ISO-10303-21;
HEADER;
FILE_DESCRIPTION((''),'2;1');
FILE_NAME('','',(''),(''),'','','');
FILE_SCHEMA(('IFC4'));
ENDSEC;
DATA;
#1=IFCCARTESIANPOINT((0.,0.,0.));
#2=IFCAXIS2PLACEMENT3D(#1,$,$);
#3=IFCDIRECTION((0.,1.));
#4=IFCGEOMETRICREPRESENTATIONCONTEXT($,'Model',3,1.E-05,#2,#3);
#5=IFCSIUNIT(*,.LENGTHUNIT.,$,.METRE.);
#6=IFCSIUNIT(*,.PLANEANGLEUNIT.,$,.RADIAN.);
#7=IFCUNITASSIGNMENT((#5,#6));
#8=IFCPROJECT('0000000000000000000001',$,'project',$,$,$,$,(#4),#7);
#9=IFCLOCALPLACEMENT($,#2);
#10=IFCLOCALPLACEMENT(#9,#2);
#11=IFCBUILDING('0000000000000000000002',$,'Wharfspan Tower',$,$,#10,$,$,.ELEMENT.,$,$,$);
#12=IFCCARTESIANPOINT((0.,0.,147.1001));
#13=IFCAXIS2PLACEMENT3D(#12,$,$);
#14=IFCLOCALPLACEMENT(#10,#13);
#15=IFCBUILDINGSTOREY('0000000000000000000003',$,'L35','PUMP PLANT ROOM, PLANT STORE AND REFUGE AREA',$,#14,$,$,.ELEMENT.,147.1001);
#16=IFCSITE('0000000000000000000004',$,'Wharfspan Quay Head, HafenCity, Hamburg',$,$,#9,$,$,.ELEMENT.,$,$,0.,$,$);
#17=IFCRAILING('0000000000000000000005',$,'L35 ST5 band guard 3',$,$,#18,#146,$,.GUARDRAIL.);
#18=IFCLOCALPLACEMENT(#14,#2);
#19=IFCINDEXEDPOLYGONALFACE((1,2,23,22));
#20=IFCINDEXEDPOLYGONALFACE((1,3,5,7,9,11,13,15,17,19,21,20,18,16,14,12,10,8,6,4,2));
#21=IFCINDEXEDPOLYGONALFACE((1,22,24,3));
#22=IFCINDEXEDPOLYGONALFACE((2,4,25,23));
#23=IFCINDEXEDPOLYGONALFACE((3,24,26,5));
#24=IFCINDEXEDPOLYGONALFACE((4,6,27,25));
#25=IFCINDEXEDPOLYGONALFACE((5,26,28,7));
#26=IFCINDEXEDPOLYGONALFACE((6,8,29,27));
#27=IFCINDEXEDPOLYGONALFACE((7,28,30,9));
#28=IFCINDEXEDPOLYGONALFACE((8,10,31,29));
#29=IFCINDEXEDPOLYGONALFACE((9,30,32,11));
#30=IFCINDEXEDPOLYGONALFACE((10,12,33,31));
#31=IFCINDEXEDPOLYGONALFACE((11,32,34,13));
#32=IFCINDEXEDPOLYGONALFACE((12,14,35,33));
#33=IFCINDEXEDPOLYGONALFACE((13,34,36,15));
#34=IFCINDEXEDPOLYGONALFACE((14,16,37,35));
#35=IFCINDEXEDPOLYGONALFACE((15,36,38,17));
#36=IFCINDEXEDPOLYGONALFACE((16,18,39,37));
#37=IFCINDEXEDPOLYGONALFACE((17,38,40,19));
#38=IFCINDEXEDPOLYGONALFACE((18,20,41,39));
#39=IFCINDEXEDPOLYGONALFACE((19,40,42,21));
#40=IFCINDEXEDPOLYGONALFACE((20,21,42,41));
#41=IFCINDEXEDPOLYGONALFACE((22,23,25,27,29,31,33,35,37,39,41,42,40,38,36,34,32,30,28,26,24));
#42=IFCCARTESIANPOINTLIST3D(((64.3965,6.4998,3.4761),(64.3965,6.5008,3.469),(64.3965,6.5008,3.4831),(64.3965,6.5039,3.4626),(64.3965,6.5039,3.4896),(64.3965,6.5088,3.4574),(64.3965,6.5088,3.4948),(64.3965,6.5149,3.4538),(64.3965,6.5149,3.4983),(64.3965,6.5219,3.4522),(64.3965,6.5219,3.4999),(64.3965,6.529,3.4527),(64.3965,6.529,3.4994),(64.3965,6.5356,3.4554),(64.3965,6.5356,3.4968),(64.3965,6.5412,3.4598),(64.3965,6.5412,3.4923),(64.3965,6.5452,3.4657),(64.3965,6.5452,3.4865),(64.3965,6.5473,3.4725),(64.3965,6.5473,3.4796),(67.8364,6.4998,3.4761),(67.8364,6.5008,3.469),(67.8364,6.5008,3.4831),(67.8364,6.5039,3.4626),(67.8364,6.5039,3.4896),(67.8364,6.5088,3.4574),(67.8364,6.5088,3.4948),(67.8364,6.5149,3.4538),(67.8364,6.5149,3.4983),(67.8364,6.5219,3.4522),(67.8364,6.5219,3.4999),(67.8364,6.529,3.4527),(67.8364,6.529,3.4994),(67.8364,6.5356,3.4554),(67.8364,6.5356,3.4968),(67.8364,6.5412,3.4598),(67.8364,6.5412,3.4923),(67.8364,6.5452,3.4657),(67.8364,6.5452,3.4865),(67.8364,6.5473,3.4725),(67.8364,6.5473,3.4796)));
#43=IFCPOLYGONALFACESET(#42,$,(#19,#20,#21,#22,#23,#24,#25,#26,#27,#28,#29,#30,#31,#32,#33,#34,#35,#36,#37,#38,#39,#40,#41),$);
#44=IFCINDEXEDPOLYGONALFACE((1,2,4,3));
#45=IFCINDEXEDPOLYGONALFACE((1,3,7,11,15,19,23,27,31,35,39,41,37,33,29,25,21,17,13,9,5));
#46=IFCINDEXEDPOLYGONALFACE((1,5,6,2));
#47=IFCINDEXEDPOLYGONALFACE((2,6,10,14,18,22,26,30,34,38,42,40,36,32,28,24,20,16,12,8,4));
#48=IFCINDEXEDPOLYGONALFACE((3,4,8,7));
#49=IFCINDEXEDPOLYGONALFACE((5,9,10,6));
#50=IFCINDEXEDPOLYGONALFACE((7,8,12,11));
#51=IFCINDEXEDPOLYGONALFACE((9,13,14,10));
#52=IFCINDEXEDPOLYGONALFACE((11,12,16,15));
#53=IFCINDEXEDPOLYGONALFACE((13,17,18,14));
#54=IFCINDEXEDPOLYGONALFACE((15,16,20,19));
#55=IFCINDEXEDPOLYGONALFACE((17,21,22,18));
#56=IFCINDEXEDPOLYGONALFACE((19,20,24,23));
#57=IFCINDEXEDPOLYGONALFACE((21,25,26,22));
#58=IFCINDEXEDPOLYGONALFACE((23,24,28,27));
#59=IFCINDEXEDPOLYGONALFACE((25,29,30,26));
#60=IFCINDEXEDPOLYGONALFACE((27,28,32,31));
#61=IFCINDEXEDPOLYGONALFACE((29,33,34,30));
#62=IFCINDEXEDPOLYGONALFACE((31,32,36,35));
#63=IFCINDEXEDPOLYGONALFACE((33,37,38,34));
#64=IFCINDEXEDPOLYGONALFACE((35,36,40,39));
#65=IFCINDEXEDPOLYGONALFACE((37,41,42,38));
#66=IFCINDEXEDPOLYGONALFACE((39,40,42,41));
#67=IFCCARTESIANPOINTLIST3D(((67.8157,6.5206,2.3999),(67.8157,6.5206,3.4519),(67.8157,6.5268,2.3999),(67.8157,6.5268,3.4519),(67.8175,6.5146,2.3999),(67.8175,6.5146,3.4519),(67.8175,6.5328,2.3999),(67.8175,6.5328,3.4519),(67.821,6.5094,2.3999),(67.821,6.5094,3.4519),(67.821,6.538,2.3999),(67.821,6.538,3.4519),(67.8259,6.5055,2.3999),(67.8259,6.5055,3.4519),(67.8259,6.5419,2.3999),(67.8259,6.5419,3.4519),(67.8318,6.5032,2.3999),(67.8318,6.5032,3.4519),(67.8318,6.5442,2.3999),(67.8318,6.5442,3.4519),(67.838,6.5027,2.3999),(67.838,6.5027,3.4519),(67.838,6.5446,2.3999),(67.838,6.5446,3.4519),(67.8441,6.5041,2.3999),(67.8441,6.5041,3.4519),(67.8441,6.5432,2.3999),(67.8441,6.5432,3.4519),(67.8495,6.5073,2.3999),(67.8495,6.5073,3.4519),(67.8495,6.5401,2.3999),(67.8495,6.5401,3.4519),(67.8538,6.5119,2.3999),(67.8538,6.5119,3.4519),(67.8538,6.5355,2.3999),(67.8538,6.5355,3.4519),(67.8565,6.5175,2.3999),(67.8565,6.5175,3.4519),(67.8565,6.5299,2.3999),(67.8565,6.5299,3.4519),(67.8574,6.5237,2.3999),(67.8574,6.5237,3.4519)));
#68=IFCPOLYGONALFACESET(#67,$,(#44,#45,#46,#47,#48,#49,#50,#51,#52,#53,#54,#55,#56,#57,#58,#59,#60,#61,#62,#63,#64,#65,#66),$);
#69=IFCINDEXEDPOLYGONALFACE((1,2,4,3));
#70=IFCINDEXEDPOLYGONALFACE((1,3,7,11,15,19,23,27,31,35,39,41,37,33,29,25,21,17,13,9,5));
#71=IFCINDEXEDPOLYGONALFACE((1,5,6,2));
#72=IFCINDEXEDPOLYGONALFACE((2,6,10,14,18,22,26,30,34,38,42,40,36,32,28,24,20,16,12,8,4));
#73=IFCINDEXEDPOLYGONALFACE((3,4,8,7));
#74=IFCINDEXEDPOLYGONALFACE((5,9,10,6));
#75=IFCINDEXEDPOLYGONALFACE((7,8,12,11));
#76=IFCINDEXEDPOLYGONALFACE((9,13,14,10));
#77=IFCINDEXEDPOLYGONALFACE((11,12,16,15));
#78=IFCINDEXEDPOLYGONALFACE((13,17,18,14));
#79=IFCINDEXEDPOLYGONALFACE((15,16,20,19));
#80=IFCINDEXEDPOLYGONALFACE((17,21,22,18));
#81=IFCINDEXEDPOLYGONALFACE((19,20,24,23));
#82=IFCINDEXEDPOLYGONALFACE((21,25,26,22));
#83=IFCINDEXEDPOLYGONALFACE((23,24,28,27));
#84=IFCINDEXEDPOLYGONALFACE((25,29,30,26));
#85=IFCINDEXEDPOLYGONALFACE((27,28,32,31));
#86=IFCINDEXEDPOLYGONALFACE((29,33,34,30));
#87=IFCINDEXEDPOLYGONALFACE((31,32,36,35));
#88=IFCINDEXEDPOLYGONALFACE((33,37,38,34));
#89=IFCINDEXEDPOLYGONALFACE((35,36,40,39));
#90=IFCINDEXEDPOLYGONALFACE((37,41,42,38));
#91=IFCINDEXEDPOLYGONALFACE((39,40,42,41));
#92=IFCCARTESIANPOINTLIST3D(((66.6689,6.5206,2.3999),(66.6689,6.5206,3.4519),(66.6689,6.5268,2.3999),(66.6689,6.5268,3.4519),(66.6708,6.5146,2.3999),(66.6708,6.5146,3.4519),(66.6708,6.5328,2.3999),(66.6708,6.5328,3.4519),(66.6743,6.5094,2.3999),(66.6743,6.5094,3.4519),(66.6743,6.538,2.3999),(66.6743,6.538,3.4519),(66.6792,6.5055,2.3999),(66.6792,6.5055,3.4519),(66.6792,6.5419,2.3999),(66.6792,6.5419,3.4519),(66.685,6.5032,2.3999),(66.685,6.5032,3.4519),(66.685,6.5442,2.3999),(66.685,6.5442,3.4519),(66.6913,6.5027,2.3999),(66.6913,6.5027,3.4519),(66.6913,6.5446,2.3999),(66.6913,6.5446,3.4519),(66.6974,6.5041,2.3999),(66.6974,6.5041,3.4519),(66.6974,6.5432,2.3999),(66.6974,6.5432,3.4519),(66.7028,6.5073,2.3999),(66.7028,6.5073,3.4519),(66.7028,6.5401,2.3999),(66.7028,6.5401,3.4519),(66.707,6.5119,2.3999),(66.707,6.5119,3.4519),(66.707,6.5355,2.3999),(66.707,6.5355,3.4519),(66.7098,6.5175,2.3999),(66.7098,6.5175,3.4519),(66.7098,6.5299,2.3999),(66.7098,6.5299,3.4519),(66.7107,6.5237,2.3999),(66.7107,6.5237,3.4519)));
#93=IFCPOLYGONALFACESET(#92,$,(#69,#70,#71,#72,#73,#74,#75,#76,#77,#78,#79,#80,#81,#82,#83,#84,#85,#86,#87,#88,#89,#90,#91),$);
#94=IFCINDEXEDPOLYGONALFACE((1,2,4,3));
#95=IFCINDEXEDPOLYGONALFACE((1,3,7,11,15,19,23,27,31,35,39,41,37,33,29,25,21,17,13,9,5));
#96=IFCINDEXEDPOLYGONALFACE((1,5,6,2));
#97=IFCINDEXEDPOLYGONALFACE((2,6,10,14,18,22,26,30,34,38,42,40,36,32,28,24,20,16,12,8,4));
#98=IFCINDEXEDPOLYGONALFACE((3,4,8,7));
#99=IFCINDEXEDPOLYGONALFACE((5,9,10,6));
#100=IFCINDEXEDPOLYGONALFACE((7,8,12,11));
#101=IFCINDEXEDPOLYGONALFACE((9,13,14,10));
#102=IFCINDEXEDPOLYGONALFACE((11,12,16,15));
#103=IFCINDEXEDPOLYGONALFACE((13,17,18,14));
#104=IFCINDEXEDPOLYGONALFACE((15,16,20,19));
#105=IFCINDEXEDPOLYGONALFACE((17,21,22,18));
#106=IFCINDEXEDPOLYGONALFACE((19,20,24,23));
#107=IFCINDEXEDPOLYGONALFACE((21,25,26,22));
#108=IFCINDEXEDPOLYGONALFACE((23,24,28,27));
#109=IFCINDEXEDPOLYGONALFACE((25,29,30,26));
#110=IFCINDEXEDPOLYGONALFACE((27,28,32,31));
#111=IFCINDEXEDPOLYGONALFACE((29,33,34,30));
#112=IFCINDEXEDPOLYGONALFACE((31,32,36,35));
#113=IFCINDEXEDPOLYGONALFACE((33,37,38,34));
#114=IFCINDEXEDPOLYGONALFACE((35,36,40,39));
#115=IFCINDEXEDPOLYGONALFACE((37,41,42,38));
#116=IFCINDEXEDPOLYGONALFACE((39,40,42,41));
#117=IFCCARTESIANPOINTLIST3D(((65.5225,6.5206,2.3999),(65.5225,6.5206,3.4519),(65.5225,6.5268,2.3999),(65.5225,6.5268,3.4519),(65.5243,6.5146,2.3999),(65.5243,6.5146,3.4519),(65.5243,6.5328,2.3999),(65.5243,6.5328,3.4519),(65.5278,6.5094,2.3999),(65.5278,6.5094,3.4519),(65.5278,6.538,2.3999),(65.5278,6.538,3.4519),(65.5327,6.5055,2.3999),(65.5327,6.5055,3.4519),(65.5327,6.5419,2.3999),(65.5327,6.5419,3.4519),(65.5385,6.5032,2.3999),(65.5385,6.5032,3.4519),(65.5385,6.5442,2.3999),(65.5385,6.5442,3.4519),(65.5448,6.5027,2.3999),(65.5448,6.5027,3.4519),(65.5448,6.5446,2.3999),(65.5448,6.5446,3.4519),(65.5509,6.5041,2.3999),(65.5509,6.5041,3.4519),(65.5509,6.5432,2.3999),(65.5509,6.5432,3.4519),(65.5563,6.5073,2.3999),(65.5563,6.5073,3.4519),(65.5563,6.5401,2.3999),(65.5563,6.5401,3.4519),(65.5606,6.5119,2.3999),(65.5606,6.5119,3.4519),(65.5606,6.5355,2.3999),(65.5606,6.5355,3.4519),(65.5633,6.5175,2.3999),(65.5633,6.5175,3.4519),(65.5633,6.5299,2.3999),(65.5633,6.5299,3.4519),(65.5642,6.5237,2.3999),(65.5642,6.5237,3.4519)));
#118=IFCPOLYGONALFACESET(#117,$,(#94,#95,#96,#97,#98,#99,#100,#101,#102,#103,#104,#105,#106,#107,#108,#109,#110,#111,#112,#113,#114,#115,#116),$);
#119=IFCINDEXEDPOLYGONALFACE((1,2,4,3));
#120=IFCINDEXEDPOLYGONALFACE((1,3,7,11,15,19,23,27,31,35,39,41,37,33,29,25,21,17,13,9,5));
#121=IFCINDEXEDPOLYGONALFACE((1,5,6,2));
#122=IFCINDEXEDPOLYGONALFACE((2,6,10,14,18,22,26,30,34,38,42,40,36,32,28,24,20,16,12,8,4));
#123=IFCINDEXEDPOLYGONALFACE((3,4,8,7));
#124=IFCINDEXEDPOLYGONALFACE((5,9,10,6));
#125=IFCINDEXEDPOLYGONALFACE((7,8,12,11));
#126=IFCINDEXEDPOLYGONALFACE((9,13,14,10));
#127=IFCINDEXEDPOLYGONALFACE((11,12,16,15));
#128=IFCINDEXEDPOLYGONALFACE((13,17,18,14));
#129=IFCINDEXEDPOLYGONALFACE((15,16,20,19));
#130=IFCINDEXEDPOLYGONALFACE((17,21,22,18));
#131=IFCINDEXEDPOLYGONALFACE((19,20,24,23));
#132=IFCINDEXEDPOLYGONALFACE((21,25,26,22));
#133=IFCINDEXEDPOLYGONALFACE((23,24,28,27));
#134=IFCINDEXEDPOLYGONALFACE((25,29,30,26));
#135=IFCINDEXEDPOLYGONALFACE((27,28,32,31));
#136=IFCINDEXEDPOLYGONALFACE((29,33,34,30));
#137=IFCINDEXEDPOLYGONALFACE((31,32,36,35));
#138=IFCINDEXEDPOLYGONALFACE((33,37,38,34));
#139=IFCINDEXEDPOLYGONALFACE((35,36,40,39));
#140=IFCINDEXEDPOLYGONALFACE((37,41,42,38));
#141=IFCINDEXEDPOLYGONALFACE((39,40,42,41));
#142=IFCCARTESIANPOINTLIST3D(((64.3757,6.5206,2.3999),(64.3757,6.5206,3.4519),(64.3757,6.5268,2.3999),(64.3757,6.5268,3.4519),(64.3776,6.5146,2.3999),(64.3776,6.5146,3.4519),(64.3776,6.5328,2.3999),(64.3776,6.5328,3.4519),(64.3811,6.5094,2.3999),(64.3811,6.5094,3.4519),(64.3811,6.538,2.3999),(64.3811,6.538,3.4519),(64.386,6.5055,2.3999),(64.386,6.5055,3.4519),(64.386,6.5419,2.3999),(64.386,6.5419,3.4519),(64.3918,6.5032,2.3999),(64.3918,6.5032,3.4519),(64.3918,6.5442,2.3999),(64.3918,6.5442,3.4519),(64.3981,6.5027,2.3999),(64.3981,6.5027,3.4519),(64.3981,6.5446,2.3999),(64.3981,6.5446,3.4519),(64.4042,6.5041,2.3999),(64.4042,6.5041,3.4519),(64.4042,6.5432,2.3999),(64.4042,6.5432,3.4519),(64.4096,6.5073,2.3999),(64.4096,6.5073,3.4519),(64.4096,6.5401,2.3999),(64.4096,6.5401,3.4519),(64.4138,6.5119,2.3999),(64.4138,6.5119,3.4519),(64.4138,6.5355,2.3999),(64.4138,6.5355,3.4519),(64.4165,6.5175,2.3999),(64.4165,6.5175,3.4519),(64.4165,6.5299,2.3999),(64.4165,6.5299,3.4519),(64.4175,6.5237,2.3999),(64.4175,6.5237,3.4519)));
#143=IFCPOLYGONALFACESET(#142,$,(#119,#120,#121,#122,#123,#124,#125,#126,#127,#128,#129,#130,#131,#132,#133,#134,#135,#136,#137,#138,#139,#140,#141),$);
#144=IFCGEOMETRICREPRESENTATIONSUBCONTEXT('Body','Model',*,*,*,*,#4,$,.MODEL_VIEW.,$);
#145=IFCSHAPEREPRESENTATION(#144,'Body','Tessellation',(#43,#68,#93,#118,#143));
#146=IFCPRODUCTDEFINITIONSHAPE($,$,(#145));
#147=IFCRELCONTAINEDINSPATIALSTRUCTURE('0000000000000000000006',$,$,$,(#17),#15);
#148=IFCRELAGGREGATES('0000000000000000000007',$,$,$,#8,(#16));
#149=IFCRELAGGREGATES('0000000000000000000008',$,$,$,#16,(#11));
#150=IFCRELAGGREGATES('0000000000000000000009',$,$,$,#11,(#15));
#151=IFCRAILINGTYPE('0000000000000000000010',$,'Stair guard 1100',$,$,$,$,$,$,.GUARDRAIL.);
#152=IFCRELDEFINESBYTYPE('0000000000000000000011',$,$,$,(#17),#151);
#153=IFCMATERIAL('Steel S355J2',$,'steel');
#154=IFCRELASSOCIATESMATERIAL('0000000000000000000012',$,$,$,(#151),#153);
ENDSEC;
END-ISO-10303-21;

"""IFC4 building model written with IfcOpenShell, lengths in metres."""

from ifc_helpers import new_model, si_unit, direction, frame, origin, origin_2d, place, context, subcontext, project, spatial, circle, extrude, material, type_object, element, save


model = new_model("IFC4")

# Units and contexts
model_context = context("Model", 3, precision=1e-05, world=origin(), true_north=direction((0.0, 1.0)))
body_context = subcontext(model_context, "Body", "Model", "MODEL_VIEW")
ifc_project = project(units=[si_unit("LENGTHUNIT", "METRE"), si_unit("PLANEANGLEUNIT", "RADIAN")], contexts=[model_context])

# Site, building, storey
site_placement = place(None, origin())
site = spatial("IfcSite", under=ifc_project, at=site_placement, Name="Wharfspan Quay Head, HafenCity, Hamburg", CompositionType="ELEMENT", RefElevation=0.0)
building_placement = place(site_placement, origin())
building = spatial("IfcBuilding", under=site, at=building_placement, Name="Wharfspan Tower", CompositionType="ELEMENT")
storey_placement = place(building_placement, frame((0.0, 0.0, 147.1001)))
storey = spatial("IfcBuildingStorey", under=building, at=storey_placement, Name="L35", Description="PUMP PLANT ROOM, PLANT STORE AND REFUGE AREA", CompositionType="ELEMENT", Elevation=147.1001)

# Shared definitions
ifc_material_1 = material(Name="Steel S355J2", Category="steel")

# Railing
railing_type_1 = type_object("IfcRailingType", Name="Stair guard 1100", PredefinedType="GUARDRAIL", material=ifc_material_1)
railing_1_placement = place(storey_placement, frame((67.8364, 6.5237, 2.3999)))
element("IfcRailing", 1, at=railing_1_placement, inside=storey, type_object=railing_type_1, Name="L35 ST5 band guard 3", PredefinedType="GUARDRAIL", context=body_context, shape_type="SweptSolid", body=[
    extrude(circle(Radius=0.0239, at=origin_2d()), frame((0.0, 0.0, 1.0762), z_axis=(-1.0, 0.0, 0.0), x_axis=(0.0, -1.0, 0.0)), (0.0, 0.0, 1.0), 3.4399),
    extrude(circle(Radius=0.021, at=origin_2d()), origin(), (0.0, 0.0, 1.0), 1.052),
    extrude(circle(Radius=0.021, at=origin_2d()), frame((-1.1467, 0.0, 0.0)), (0.0, 0.0, 1.0), 1.052),
    extrude(circle(Radius=0.021, at=origin_2d()), frame((-2.2932, 0.0, 0.0)), (0.0, 0.0, 1.0), 1.052),
    extrude(circle(Radius=0.021, at=origin_2d()), frame((-3.4399, 0.0, 0.0)), (0.0, 0.0, 1.0), 1.052),
])

save(model, "model.ifc")
